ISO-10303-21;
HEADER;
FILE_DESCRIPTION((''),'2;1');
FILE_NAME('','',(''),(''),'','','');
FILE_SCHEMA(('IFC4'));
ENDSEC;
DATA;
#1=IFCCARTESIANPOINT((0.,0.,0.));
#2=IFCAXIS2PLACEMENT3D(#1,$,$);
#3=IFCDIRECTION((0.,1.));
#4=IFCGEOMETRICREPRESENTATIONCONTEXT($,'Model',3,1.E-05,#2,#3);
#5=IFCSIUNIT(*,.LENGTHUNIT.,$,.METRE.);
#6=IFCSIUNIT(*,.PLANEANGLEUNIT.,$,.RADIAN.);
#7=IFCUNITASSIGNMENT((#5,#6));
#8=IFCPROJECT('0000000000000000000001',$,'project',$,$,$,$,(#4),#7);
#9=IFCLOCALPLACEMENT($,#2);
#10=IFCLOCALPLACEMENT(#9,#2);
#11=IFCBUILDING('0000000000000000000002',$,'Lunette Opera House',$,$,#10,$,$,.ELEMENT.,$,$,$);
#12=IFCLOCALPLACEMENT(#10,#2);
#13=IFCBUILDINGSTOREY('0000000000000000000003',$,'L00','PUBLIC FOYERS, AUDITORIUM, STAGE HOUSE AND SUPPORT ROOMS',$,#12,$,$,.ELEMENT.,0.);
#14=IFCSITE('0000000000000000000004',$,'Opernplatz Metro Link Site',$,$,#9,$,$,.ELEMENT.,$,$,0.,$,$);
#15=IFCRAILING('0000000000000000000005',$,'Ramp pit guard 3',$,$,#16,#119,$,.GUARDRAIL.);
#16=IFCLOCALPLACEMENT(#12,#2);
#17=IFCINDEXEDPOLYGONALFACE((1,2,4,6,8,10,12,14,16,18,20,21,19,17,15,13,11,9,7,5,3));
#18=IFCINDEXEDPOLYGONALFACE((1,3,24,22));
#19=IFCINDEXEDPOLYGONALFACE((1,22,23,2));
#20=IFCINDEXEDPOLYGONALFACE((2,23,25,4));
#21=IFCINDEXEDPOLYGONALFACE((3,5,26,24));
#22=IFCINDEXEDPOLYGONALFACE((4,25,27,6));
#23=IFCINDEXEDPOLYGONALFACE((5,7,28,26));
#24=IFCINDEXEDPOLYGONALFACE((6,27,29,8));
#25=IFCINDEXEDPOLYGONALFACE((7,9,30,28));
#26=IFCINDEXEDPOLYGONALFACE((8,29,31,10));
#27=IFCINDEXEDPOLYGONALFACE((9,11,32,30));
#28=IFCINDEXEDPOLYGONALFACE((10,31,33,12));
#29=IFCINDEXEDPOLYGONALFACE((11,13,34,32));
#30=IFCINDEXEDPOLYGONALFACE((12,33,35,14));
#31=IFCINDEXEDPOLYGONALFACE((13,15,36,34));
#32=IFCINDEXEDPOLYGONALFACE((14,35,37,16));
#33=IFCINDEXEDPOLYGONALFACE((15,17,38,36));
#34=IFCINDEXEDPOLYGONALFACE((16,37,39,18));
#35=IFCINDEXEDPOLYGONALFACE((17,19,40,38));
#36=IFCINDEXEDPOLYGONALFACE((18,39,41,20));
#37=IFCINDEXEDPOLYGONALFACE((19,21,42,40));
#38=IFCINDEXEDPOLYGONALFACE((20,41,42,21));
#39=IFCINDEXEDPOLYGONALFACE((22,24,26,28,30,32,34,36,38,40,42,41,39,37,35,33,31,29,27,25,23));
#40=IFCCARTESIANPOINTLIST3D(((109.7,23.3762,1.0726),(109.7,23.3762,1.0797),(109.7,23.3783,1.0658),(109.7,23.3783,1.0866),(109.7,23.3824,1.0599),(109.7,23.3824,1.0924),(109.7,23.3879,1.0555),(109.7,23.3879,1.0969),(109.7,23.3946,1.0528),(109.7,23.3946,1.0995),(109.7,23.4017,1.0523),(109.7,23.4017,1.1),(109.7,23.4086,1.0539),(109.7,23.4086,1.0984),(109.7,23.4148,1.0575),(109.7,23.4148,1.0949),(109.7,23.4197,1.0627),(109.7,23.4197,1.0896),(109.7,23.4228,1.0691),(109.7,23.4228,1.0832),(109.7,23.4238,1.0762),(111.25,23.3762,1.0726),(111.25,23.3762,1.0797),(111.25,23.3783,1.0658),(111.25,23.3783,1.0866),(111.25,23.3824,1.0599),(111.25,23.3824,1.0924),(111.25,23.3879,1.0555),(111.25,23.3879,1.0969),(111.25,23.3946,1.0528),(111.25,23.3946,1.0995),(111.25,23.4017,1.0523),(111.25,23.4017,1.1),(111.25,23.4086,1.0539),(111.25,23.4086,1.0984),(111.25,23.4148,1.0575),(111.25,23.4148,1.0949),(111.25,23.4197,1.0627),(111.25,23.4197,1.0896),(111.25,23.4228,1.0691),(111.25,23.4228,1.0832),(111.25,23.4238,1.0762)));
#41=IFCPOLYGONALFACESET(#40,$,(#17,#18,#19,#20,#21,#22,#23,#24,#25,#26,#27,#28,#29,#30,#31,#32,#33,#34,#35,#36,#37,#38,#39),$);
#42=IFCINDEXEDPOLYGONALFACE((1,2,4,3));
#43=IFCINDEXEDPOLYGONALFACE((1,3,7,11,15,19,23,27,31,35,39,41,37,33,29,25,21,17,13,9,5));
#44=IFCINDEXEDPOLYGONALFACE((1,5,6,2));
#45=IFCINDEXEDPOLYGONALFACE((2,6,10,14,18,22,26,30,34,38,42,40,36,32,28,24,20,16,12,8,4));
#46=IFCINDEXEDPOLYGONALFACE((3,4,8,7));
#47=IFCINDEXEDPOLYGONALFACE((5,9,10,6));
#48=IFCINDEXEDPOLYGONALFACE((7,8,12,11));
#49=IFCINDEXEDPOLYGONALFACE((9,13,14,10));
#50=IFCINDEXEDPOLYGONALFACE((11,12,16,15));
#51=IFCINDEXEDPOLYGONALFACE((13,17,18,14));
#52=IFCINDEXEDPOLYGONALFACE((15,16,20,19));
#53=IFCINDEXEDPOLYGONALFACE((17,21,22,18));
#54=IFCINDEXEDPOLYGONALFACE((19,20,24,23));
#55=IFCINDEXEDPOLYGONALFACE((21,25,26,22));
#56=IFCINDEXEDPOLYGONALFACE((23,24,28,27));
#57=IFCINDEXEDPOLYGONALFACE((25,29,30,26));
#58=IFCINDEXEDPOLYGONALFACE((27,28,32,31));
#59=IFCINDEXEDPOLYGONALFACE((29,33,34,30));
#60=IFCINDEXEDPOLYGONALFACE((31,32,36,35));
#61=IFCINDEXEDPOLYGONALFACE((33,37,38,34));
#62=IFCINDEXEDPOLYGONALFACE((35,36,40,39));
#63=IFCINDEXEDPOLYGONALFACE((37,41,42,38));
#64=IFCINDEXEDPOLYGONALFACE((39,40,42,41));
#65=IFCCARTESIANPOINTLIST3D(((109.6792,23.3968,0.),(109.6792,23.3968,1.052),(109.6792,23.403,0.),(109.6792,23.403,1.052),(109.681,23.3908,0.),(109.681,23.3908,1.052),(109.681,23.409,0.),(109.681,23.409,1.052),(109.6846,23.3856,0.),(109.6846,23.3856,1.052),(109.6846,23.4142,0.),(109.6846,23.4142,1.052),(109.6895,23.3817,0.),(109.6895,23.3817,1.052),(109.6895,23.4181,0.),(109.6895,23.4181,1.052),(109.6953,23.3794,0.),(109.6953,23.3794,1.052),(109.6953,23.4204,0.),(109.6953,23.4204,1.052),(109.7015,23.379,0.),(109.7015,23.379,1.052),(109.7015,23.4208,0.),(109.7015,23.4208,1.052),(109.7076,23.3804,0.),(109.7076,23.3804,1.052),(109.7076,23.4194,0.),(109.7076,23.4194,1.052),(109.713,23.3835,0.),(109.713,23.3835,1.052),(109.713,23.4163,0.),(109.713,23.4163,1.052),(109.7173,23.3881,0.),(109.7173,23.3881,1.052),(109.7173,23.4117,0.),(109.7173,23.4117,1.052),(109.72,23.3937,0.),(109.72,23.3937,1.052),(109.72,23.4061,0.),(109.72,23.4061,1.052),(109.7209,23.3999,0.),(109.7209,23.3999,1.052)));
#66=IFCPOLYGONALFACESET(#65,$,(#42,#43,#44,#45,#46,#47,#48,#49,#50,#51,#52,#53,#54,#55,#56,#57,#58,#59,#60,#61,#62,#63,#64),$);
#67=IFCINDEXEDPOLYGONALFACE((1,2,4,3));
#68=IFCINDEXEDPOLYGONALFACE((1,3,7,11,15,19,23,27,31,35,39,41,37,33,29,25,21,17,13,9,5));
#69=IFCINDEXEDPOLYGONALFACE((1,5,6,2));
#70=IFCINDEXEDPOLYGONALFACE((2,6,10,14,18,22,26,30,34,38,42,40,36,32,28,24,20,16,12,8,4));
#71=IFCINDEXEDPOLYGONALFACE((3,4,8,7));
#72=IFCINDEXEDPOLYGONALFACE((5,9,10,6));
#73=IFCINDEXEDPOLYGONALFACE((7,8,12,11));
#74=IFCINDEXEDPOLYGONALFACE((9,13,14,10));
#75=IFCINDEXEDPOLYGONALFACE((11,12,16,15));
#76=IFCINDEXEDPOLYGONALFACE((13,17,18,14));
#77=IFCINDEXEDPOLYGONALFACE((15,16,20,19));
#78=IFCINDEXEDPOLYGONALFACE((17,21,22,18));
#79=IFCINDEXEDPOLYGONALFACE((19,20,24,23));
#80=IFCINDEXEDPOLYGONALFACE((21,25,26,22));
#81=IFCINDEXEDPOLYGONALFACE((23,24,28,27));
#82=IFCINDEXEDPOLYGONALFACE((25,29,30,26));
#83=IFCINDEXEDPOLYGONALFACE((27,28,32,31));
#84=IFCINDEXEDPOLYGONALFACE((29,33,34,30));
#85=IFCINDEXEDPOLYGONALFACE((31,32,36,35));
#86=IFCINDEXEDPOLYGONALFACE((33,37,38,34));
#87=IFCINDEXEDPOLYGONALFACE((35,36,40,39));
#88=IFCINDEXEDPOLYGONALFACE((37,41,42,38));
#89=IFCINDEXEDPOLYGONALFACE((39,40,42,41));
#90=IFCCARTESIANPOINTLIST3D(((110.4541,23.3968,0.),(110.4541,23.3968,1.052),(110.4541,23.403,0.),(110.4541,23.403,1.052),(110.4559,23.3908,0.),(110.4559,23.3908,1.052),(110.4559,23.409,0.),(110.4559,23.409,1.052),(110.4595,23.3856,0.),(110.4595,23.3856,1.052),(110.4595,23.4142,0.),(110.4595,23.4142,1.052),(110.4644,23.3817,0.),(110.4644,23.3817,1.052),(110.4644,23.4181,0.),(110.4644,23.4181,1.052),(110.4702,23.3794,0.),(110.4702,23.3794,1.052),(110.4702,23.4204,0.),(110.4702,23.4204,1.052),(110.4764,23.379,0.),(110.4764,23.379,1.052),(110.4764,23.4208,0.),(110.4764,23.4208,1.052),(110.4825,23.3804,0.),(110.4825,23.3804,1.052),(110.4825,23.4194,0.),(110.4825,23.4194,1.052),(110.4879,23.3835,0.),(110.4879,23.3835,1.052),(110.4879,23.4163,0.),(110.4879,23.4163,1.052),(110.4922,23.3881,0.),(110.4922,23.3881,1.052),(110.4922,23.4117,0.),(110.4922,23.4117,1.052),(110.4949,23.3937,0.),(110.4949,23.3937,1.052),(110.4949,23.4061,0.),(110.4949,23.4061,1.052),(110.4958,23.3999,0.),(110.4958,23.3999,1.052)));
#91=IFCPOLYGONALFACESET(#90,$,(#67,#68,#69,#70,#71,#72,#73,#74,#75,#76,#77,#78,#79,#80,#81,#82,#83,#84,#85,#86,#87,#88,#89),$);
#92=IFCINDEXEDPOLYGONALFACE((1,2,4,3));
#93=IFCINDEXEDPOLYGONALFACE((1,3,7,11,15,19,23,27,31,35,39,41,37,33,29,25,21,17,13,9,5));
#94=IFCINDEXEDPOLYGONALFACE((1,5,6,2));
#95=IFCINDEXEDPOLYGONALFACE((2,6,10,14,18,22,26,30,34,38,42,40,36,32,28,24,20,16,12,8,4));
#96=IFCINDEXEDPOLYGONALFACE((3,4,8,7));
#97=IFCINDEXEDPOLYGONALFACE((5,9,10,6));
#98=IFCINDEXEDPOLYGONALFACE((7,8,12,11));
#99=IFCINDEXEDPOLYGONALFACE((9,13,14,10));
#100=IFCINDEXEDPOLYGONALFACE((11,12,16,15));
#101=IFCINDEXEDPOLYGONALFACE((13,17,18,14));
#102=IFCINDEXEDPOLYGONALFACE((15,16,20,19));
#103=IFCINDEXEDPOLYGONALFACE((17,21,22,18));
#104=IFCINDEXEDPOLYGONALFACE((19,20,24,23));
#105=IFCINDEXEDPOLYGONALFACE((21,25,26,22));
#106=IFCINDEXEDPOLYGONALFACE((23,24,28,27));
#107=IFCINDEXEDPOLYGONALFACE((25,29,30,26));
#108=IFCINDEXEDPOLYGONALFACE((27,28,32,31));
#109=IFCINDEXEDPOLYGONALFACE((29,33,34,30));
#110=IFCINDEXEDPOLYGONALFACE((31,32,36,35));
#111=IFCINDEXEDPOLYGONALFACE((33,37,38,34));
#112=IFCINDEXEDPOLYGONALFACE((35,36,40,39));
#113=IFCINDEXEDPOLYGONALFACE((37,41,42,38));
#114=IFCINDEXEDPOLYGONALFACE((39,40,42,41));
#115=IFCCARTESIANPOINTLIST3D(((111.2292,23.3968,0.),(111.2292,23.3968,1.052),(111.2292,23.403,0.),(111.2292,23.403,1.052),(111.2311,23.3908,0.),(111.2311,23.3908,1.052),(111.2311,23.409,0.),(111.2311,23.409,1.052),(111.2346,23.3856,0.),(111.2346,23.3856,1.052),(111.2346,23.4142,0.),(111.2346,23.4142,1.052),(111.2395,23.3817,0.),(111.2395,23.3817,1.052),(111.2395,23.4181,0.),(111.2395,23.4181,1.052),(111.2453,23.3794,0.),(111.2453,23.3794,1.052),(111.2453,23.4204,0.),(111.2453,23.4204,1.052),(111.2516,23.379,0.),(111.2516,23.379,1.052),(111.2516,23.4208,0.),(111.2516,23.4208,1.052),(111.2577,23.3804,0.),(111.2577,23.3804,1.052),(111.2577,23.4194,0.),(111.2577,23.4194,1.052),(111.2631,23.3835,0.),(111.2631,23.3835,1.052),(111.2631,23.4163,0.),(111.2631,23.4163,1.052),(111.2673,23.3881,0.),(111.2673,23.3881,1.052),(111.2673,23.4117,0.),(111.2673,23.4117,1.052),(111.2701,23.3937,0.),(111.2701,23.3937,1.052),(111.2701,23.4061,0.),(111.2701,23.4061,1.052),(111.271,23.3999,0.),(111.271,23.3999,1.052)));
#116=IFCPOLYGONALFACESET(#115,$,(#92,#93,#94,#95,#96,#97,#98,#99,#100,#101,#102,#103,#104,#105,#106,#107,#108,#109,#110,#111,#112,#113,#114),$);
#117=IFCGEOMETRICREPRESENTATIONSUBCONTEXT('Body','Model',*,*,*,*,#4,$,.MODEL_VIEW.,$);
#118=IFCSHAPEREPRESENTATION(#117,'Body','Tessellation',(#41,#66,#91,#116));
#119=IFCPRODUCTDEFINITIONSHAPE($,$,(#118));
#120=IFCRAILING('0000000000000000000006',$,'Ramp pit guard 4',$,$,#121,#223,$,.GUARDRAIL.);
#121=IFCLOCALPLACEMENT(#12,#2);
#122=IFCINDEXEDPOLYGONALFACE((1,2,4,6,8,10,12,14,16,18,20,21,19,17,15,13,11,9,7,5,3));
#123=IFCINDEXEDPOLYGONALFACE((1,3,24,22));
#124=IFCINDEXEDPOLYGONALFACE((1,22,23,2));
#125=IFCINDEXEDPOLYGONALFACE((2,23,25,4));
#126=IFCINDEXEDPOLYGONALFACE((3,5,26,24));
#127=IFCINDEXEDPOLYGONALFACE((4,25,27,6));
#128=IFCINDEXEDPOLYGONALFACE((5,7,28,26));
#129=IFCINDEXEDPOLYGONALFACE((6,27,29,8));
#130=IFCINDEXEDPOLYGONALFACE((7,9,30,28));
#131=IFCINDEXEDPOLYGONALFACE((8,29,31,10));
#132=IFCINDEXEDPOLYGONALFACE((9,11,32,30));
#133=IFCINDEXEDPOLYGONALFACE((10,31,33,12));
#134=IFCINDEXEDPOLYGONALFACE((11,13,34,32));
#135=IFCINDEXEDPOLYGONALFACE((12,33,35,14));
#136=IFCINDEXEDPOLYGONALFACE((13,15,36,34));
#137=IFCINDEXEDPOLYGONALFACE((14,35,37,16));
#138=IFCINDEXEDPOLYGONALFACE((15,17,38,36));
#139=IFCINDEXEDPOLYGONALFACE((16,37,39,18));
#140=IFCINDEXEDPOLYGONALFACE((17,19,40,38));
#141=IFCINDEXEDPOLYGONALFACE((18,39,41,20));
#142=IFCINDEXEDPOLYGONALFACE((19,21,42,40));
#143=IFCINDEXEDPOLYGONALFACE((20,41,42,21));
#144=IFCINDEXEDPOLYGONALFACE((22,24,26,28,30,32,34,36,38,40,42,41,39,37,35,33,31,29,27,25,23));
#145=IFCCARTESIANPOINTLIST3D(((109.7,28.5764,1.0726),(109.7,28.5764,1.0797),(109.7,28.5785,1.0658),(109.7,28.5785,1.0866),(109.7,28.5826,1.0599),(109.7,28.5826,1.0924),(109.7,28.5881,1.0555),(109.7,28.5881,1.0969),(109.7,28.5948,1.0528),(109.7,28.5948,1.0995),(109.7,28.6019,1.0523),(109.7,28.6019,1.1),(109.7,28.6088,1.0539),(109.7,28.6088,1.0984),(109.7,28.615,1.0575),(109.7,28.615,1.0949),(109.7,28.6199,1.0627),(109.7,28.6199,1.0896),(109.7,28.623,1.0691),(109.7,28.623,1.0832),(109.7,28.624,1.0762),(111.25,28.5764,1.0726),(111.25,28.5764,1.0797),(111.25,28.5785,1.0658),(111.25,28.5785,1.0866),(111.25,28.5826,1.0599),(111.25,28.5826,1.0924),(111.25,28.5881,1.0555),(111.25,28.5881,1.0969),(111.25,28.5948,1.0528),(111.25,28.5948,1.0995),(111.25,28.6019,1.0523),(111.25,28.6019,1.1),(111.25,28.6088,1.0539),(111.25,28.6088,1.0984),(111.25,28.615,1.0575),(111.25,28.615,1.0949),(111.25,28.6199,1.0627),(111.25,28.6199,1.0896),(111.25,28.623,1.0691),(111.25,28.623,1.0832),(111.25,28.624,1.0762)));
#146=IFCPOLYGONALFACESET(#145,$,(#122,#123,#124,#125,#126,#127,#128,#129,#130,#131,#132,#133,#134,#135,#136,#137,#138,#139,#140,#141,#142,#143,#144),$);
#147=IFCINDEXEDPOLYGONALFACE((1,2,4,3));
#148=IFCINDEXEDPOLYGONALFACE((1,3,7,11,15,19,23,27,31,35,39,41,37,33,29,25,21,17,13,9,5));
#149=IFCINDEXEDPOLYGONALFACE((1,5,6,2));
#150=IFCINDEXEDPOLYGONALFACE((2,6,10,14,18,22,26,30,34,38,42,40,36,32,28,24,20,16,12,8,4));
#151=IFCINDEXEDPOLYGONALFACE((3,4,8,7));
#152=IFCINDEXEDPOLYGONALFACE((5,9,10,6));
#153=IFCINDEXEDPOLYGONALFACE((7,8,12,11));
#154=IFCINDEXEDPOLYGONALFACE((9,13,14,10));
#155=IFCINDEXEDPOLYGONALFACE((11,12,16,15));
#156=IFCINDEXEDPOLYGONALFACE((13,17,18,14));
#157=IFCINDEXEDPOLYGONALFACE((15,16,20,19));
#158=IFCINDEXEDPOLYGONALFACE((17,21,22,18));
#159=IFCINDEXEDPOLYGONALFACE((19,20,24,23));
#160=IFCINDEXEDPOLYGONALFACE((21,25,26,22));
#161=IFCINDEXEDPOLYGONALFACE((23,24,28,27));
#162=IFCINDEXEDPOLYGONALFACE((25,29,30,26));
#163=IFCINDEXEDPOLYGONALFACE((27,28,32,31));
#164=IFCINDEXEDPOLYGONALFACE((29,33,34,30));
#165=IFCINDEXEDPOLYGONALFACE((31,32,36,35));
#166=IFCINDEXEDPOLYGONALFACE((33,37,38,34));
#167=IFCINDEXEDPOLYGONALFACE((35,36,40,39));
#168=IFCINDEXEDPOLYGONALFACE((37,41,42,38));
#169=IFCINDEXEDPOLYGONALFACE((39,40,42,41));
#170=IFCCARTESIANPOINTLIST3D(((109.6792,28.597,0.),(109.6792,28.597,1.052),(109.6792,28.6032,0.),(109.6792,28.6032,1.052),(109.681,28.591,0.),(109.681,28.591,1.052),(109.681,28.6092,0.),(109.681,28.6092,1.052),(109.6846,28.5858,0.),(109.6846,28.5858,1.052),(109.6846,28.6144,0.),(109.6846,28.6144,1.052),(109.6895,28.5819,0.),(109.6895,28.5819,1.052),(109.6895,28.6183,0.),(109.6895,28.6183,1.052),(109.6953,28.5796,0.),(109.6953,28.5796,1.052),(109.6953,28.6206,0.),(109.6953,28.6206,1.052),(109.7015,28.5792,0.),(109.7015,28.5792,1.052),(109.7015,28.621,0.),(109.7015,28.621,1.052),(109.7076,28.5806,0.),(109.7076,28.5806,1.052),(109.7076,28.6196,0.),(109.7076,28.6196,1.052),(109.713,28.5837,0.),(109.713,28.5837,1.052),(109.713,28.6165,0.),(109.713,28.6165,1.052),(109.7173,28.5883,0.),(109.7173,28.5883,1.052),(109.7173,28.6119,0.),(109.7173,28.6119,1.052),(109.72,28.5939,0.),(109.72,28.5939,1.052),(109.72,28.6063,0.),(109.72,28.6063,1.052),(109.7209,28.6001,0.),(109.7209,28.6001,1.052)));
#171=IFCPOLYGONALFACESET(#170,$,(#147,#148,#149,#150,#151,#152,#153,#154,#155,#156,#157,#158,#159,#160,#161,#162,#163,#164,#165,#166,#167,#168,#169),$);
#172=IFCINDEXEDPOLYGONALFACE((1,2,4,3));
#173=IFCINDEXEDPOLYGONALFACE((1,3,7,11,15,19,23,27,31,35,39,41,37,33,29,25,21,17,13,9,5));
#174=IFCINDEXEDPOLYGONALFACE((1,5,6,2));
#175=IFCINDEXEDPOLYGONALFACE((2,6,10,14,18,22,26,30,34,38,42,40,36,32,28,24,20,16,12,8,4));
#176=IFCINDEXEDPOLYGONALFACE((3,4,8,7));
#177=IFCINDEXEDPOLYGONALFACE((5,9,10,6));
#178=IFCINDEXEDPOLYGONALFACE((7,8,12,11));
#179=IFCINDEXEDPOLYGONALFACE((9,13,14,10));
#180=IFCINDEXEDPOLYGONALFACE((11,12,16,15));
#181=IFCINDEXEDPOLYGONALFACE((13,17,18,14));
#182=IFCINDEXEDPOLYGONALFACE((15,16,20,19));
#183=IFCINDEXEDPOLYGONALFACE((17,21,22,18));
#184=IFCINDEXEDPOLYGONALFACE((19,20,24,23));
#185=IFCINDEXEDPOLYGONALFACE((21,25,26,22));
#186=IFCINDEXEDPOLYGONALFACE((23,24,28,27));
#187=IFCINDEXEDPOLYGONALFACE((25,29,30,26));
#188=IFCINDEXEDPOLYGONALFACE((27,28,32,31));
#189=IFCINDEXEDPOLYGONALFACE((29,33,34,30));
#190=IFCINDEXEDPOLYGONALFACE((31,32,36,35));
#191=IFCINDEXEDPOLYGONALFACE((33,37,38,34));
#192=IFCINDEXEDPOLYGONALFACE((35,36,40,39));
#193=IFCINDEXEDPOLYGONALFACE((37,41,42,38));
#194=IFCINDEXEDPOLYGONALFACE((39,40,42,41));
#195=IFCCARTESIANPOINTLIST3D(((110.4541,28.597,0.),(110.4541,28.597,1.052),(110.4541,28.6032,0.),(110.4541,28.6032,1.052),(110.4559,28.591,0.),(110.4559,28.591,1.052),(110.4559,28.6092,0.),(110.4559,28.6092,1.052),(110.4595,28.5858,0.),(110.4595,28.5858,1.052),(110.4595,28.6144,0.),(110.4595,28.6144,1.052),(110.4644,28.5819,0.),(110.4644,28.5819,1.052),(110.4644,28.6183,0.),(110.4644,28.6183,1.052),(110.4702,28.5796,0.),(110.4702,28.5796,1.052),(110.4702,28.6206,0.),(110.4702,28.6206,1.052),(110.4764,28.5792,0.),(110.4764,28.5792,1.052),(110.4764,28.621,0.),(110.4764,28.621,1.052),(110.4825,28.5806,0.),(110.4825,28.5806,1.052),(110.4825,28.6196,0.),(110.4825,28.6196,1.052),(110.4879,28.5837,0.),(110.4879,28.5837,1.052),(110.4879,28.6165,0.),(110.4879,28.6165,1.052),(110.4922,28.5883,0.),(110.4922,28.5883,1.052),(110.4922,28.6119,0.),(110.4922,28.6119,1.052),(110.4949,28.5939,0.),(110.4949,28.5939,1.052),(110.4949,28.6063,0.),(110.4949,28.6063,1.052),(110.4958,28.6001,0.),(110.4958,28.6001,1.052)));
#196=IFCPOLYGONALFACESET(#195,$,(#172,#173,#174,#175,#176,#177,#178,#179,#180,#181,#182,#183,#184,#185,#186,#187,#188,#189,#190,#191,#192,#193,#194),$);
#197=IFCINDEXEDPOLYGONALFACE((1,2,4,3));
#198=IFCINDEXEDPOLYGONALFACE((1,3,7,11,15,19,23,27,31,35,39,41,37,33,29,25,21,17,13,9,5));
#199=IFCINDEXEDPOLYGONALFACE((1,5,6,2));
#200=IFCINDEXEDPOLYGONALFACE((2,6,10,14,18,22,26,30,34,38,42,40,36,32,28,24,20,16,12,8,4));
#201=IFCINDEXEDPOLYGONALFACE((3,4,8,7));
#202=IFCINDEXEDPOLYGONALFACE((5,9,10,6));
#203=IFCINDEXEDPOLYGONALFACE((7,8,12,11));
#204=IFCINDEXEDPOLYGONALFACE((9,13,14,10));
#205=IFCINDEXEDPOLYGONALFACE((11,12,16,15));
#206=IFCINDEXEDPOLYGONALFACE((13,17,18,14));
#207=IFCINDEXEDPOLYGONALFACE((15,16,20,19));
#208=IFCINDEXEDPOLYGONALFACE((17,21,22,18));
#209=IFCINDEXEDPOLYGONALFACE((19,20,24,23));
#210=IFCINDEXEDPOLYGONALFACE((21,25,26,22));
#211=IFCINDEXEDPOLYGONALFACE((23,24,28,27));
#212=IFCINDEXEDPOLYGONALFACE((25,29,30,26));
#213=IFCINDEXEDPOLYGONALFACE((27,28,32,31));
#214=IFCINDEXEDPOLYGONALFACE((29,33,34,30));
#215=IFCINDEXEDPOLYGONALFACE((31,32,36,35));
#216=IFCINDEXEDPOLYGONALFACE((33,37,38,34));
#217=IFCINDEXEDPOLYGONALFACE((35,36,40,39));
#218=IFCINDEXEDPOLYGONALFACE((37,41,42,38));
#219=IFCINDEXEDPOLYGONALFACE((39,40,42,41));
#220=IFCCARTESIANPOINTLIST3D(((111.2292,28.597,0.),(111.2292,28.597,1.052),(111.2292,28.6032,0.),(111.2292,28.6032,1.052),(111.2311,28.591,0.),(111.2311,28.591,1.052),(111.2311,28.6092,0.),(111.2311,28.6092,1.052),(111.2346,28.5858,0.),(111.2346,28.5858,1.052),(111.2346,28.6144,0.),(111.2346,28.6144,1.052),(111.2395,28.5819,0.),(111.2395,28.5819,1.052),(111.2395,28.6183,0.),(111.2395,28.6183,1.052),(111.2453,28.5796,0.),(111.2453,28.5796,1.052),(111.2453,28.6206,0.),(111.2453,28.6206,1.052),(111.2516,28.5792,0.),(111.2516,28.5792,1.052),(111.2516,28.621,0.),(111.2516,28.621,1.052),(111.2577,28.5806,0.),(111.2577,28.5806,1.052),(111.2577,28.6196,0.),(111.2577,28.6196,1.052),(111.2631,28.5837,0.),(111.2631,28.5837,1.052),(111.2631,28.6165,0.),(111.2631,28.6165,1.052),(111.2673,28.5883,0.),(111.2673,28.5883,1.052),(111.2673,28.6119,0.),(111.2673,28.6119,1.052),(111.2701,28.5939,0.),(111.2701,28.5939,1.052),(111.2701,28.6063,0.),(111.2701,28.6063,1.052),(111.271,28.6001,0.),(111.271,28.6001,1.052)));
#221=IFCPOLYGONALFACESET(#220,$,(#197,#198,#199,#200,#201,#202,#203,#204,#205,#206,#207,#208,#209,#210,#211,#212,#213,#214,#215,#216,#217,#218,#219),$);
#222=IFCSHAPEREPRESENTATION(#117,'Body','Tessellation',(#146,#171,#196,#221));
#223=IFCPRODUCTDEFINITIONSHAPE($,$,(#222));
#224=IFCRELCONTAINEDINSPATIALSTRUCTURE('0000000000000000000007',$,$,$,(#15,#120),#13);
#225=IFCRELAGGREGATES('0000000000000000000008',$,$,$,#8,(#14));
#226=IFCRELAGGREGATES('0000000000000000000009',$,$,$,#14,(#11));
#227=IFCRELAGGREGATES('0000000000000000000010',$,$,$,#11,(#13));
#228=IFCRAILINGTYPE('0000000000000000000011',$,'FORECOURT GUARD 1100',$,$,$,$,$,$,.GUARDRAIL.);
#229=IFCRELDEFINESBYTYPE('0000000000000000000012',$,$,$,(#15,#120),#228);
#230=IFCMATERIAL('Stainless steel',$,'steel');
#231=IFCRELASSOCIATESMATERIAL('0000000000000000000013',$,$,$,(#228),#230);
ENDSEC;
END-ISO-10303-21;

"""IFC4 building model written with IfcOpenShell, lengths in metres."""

from ifc_helpers import new_model, si_unit, direction, frame, origin, origin_2d, place, context, subcontext, project, spatial, circle, extrude, material, type_object, element, save


model = new_model("IFC4")

# Units and contexts
model_context = context("Model", 3, precision=1e-05, world=origin(), true_north=direction((0.0, 1.0)))
body_context = subcontext(model_context, "Body", "Model", "MODEL_VIEW")
ifc_project = project(units=[si_unit("LENGTHUNIT", "METRE"), si_unit("PLANEANGLEUNIT", "RADIAN")], contexts=[model_context])

# Site, building, storey
site_placement = place(None, origin())
site = spatial("IfcSite", under=ifc_project, at=site_placement, Name="Opernplatz Metro Link Site", CompositionType="ELEMENT", RefElevation=0.0)
building_placement = place(site_placement, origin())
building = spatial("IfcBuilding", under=site, at=building_placement, Name="Lunette Opera House", CompositionType="ELEMENT")
storey_placement = place(building_placement, origin())
storey = spatial("IfcBuildingStorey", under=building, at=storey_placement, Name="L00", Description="PUBLIC FOYERS, AUDITORIUM, STAGE HOUSE AND SUPPORT ROOMS", CompositionType="ELEMENT", Elevation=0.0)

# Railings
ifc_material_1 = material(Name="Stainless steel", Category="steel")
railing_type = type_object("IfcRailingType", Name="FORECOURT GUARD 1100", PredefinedType="GUARDRAIL", material=ifc_material_1)
for number, where, name in (
    (1, (109.7, 23.3999, 0.0), "Ramp pit guard 3"),
    (2, (109.7, 28.6001, 0.0), "Ramp pit guard 4"),
):
    element("IfcRailing", number, at=place(storey_placement, frame(where)), inside=storey, type_object=railing_type, Name=name, PredefinedType="GUARDRAIL", context=body_context, shape_type="SweptSolid", body=[
        extrude(circle(Radius=0.0239, at=origin_2d()), frame((0.0, 0.0, 1.0762), z_axis=(1.0, 0.0, 0.0), x_axis=(0.0, 1.0, 0.0)), (0.0, 0.0, 1.0), 1.55),
        extrude(circle(Radius=0.021, at=origin_2d()), origin(), (0.0, 0.0, 1.0), 1.052),
        extrude(circle(Radius=0.021, at=origin_2d()), frame((0.7749, 0.0, 0.0)), (0.0, 0.0, 1.0), 1.052),
        extrude(circle(Radius=0.021, at=origin_2d()), frame((1.55, 0.0, 0.0)), (0.0, 0.0, 1.0), 1.052),
    ])

save(model, "model.ifc")
